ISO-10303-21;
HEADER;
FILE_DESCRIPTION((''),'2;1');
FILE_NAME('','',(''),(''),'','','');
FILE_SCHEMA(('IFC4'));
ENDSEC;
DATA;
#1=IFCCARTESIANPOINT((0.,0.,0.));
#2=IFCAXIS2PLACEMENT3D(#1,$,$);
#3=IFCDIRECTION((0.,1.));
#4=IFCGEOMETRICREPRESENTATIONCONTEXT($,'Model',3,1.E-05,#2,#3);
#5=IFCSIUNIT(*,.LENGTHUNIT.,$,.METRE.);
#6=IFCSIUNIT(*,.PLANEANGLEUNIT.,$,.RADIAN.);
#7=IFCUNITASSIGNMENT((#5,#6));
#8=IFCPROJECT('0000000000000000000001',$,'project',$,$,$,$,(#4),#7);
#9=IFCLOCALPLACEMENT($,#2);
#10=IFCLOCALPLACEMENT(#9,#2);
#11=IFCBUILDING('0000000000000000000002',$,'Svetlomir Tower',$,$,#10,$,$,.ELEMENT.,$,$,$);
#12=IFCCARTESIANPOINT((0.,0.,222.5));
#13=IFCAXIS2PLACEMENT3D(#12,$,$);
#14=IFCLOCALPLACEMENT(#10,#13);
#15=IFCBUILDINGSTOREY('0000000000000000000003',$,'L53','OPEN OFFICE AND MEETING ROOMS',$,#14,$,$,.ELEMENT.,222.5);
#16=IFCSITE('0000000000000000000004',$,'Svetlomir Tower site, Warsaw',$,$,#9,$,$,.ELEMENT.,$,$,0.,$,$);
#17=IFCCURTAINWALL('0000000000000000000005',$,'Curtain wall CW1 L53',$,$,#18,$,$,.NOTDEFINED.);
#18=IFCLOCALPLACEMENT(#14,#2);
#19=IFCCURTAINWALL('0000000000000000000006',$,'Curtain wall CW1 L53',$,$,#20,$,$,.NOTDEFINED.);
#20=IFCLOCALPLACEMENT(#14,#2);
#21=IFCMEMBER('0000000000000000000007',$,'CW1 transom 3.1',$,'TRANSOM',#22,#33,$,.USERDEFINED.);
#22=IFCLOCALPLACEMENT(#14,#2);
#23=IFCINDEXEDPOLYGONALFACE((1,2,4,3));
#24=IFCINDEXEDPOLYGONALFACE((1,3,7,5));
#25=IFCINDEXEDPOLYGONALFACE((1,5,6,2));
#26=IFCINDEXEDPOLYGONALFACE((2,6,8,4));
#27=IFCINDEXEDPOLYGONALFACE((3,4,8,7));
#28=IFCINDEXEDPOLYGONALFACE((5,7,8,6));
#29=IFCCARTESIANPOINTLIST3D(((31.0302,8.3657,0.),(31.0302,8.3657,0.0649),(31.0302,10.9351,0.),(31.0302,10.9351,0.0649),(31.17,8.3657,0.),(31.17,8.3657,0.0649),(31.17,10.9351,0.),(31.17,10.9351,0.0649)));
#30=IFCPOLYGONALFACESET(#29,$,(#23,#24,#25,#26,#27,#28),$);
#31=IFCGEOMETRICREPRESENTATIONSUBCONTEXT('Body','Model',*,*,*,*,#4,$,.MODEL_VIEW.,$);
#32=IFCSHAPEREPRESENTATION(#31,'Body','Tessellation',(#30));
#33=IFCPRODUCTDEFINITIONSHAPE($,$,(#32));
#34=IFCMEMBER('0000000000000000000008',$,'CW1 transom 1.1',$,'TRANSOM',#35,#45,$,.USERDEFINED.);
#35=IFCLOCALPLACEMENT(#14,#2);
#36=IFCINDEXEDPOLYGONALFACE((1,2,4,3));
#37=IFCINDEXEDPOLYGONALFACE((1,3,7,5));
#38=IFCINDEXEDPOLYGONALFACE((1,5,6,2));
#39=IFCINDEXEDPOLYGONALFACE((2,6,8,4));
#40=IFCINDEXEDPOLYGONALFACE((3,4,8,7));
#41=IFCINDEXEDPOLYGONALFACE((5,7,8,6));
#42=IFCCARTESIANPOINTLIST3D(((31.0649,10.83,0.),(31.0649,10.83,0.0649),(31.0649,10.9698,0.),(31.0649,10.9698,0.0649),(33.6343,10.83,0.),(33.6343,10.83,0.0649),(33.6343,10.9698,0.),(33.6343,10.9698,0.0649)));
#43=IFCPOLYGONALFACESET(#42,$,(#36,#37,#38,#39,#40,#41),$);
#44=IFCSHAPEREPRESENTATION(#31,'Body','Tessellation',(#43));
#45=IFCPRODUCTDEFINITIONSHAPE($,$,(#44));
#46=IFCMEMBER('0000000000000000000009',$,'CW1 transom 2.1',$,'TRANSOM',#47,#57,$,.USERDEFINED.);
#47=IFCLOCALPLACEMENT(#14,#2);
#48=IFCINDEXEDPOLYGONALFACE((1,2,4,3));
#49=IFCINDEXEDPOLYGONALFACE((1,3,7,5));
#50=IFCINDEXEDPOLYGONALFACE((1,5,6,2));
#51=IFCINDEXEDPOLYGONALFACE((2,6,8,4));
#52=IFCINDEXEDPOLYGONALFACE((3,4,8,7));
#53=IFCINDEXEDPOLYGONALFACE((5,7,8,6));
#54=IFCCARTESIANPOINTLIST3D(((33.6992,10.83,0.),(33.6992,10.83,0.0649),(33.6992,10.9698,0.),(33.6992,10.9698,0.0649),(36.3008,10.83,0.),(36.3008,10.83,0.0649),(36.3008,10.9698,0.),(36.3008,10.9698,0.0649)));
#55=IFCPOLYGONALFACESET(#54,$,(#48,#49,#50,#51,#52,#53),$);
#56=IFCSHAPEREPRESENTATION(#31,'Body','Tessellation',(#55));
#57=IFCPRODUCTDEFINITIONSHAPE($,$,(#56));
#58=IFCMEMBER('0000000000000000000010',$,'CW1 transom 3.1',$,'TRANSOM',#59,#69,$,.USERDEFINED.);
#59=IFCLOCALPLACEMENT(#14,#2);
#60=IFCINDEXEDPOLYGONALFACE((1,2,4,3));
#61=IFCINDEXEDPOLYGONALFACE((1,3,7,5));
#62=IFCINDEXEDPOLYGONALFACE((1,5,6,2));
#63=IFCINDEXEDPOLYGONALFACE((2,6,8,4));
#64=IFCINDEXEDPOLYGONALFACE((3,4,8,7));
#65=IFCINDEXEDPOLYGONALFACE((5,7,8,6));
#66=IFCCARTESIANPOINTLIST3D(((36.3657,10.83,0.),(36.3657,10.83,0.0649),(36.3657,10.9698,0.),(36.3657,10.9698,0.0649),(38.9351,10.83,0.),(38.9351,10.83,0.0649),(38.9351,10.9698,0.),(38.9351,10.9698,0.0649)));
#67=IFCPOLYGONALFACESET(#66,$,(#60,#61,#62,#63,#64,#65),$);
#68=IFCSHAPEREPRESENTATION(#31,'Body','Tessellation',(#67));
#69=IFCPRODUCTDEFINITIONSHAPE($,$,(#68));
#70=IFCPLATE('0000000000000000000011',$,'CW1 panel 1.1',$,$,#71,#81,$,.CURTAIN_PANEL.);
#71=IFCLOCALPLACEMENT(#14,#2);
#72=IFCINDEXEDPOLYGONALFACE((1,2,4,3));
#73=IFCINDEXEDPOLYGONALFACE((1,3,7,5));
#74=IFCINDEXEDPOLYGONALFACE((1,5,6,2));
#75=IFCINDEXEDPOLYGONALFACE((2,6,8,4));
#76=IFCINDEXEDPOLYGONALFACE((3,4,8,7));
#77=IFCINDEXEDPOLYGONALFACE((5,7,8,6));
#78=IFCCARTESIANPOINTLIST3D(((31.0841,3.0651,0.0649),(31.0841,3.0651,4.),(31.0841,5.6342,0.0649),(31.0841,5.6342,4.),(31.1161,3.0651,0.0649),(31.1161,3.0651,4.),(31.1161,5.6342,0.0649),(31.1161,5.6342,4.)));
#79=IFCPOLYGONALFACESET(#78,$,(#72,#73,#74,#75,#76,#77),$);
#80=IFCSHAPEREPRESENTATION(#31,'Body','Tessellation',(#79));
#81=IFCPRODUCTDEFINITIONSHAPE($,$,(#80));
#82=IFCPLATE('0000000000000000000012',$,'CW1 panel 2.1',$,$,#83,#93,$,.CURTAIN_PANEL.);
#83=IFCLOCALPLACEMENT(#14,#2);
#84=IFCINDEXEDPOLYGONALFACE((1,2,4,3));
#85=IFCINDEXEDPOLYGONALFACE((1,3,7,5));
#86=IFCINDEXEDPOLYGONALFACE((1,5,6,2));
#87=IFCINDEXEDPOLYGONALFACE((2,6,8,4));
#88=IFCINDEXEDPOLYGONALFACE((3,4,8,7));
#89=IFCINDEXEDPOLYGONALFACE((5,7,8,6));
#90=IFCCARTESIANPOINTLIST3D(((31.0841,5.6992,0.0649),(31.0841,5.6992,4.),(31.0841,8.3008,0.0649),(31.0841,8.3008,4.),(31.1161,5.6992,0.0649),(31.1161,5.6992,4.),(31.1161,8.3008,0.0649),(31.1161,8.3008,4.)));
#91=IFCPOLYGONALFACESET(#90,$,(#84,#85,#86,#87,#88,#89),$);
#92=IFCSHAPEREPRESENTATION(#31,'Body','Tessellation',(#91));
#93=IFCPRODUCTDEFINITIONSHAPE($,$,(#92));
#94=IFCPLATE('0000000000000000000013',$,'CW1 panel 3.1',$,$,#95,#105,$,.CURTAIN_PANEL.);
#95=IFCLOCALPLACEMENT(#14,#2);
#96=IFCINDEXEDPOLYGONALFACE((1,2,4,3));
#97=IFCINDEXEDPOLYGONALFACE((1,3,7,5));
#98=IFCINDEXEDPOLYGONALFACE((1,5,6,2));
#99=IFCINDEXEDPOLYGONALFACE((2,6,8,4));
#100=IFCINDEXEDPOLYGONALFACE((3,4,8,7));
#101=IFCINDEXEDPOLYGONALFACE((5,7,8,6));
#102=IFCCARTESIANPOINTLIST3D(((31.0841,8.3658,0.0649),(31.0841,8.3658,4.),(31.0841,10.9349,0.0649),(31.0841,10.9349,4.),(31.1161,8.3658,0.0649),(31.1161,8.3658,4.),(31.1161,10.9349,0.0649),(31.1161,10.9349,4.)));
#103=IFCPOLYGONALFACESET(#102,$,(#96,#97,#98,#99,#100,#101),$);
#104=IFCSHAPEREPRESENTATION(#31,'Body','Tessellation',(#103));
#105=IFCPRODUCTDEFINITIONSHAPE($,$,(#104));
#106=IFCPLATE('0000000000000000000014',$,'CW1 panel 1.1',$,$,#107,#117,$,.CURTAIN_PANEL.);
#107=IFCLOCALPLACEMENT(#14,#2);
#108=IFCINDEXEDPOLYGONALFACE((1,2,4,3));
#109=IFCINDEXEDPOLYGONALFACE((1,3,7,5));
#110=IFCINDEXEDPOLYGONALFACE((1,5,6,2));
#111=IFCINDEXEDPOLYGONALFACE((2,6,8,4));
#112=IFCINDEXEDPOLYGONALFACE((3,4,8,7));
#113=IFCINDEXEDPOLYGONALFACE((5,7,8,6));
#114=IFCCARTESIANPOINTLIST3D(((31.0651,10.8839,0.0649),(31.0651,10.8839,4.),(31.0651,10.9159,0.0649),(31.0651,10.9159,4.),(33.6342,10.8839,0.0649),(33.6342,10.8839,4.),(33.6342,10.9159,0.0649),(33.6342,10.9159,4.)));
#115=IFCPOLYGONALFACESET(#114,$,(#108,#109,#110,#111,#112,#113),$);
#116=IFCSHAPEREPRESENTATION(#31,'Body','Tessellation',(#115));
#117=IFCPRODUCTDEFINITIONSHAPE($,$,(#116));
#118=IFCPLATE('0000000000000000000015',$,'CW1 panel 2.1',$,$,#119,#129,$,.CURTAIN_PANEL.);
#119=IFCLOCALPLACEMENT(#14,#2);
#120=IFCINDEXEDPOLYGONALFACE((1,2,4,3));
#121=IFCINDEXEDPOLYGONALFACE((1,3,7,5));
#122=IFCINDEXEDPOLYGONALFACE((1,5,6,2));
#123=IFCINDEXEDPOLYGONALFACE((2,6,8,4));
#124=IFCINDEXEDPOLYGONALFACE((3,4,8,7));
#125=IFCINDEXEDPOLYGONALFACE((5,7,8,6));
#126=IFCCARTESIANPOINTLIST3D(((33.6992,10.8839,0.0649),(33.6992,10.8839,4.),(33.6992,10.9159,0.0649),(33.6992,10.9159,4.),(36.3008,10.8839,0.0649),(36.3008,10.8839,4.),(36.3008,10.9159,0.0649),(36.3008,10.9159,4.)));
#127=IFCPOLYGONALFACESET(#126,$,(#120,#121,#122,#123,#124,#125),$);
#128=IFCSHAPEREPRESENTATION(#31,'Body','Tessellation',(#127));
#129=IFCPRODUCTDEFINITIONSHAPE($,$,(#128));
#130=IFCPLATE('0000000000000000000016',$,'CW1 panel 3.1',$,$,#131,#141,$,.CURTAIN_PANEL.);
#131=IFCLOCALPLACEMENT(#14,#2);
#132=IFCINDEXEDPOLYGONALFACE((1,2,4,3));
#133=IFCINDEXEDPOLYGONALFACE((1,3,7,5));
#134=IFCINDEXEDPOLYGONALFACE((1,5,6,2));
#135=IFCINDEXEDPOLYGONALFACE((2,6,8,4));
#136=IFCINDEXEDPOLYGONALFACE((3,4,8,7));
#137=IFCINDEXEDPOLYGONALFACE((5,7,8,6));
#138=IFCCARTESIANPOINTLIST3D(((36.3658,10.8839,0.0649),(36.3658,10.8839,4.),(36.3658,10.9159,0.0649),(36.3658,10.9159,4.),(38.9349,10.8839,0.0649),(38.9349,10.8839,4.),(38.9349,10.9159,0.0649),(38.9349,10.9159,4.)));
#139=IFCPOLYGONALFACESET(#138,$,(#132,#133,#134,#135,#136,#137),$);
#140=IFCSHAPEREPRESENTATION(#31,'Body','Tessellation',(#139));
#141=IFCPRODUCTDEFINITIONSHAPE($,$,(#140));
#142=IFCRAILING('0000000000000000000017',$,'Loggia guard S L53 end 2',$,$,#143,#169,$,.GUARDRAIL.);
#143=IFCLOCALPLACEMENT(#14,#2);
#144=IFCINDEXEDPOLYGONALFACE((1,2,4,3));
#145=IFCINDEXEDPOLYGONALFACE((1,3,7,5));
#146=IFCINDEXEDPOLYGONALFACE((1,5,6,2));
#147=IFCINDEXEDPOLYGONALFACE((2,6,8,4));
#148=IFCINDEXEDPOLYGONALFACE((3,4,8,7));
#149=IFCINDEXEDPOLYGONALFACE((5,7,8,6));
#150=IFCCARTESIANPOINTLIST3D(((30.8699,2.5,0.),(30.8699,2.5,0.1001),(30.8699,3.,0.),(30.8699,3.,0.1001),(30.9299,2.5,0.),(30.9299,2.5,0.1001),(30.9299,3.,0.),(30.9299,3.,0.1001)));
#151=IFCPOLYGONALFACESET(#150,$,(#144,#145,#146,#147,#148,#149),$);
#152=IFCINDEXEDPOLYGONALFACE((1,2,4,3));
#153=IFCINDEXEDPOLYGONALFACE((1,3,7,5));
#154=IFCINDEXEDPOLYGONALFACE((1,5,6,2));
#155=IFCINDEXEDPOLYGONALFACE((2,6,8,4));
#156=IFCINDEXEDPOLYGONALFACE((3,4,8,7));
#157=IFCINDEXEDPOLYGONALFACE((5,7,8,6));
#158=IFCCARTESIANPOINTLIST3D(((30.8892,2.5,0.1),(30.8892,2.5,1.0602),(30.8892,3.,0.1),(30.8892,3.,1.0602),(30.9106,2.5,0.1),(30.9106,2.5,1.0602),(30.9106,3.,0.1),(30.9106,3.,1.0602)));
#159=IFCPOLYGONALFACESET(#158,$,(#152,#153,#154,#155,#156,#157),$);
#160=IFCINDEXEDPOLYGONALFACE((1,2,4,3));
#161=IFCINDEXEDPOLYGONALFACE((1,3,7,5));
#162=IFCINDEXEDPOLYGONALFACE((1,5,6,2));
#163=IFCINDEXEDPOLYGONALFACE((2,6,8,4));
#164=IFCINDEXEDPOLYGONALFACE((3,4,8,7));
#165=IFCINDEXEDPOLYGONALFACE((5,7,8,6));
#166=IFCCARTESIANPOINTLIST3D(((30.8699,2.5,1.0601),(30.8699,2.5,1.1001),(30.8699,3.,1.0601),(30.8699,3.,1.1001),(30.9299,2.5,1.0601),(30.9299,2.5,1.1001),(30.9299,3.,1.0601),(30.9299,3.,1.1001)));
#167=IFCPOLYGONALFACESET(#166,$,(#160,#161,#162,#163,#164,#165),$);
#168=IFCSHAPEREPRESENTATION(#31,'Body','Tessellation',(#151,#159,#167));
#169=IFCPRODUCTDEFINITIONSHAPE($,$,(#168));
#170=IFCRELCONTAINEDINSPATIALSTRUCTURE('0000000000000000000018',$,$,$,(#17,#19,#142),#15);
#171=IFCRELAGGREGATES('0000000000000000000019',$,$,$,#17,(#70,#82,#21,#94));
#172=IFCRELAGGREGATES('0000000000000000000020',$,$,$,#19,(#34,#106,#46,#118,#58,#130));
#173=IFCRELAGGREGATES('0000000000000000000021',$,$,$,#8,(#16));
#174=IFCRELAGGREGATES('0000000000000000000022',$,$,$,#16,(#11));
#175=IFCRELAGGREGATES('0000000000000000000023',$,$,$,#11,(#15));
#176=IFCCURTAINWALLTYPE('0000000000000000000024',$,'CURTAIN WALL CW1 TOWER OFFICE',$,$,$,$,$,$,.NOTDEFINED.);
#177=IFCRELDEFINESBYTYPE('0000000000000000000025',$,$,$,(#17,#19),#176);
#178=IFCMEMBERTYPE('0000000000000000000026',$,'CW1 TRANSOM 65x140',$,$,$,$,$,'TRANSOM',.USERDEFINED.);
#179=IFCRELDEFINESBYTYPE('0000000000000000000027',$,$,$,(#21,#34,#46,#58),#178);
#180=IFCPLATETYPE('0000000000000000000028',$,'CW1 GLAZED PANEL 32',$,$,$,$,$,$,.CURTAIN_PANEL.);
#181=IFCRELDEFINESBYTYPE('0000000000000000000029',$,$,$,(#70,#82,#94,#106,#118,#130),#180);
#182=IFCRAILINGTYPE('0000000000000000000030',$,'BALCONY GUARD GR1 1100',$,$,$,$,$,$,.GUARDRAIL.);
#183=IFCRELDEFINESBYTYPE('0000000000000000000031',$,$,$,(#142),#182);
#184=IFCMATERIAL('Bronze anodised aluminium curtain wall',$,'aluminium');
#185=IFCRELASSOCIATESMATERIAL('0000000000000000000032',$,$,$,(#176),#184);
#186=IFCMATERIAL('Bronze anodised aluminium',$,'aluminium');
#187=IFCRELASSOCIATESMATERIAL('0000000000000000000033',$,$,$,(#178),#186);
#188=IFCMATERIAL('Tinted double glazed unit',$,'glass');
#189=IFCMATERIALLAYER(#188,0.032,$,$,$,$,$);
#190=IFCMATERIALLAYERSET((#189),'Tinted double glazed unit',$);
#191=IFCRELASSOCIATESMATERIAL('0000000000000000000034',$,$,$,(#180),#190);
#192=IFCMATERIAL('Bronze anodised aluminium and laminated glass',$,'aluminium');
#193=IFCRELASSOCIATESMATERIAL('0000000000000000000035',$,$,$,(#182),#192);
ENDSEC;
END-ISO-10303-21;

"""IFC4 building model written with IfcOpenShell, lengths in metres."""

from ifc_helpers import new_model, si_unit, direction, frame, origin, origin_2d, place, context, subcontext, project, spatial, rectangle, extrude, material, layer, layer_set, material_profile, profile_set, type_object, element, aggregate, save


model = new_model("IFC4")

# Units and contexts
model_context = context("Model", 3, precision=1e-05, world=origin(), true_north=direction((0.0, 1.0)))
body_context = subcontext(model_context, "Body", "Model", "MODEL_VIEW")
ifc_project = project(units=[si_unit("LENGTHUNIT", "METRE"), si_unit("PLANEANGLEUNIT", "RADIAN")], contexts=[model_context])

# Site, building, storey
site_placement = place(None, origin())
site = spatial("IfcSite", under=ifc_project, at=site_placement, Name="Svetlomir Tower site, Warsaw", CompositionType="ELEMENT", RefElevation=0.0)
building_placement = place(site_placement, origin())
building = spatial("IfcBuilding", under=site, at=building_placement, Name="Svetlomir Tower", CompositionType="ELEMENT")
storey_placement = place(building_placement, frame((0.0, 0.0, 222.5)))
storey = spatial("IfcBuildingStorey", under=building, at=storey_placement, Name="L53", Description="OPEN OFFICE AND MEETING ROOMS", CompositionType="ELEMENT", Elevation=222.5)

# Curtain walls
ifc_material_1 = material(Name="Bronze anodised aluminium curtain wall", Category="aluminium")
curtain_wall_type = type_object("IfcCurtainWallType", Name="CURTAIN WALL CW1 TOWER OFFICE", PredefinedType="NOTDEFINED", material=ifc_material_1)
curtain_wall_1_placement = place(storey_placement, origin())
curtain_wall_1 = element("IfcCurtainWall", 1, at=curtain_wall_1_placement, inside=storey, type_object=curtain_wall_type, Name="Curtain wall CW1 L53", PredefinedType="NOTDEFINED")
curtain_wall_2_placement = place(storey_placement, origin())
curtain_wall_2 = element("IfcCurtainWall", 2, at=curtain_wall_2_placement, inside=storey, type_object=curtain_wall_type, Name="Curtain wall CW1 L53", PredefinedType="NOTDEFINED")

# Members
ifc_material_2 = material(Name="Bronze anodised aluminium", Category="aluminium")
ifc_material_profile_1 = material_profile(ifc_material_2, rectangle(XDim=0.1399, YDim=0.0649, at=origin_2d()), Name="AL 140x65")
ifc_profile_set_1 = profile_set([ifc_material_profile_1], Name="Bronze anodised aluminium 6063-T6")
member_type_1 = type_object("IfcMemberType", Name="CW1 TRANSOM 65x140", ElementType="TRANSOM", PredefinedType="USERDEFINED", material=ifc_profile_set_1)
member_1_placement = place(storey_placement, frame((31.1001, 8.3657, 0.0325), z_axis=(0.0, 1.0, 0.0), x_axis=(-1.0, 0.0, 0.0)))
member_1 = element("IfcMember", 3, at=member_1_placement, type_object=member_type_1, Name="CW1 transom 3.1", ObjectType="TRANSOM", PredefinedType="USERDEFINED", context=body_context, shape_type="SweptSolid", body=[
    extrude(rectangle(XDim=0.1399, YDim=0.0649, at=origin_2d()), origin(), (0.0, 0.0, 1.0), 2.5693),
])
member_2_placement = place(storey_placement, frame((31.0649, 10.8999, 0.0325), z_axis=(1.0, 0.0, 0.0), x_axis=(0.0, 1.0, 0.0)))
member_2 = element("IfcMember", 4, at=member_2_placement, type_object=member_type_1, Name="CW1 transom 1.1", ObjectType="TRANSOM", PredefinedType="USERDEFINED", context=body_context, shape_type="SweptSolid", body=[
    extrude(rectangle(XDim=0.1399, YDim=0.0649, at=origin_2d()), origin(), (0.0, 0.0, 1.0), 2.5693),
])
member_3_placement = place(storey_placement, frame((33.6992, 10.8999, 0.0325), z_axis=(1.0, 0.0, 0.0), x_axis=(0.0, 1.0, 0.0)))
member_3 = element("IfcMember", 5, at=member_3_placement, type_object=member_type_1, Name="CW1 transom 2.1", ObjectType="TRANSOM", PredefinedType="USERDEFINED", context=body_context, shape_type="SweptSolid", body=[
    extrude(rectangle(XDim=0.1399, YDim=0.0649, at=origin_2d()), origin(), (0.0, 0.0, 1.0), 2.6016),
])
member_4_placement = place(storey_placement, frame((36.3657, 10.8999, 0.0325), z_axis=(1.0, 0.0, 0.0), x_axis=(0.0, 1.0, 0.0)))
member_4 = element("IfcMember", 6, at=member_4_placement, type_object=member_type_1, Name="CW1 transom 3.1", ObjectType="TRANSOM", PredefinedType="USERDEFINED", context=body_context, shape_type="SweptSolid", body=[
    extrude(rectangle(XDim=0.1399, YDim=0.0649, at=origin_2d()), origin(), (0.0, 0.0, 1.0), 2.5693),
])

# Plates
ifc_material_3 = material(Name="Tinted double glazed unit", Category="glass")
ifc_layer = layer(ifc_material_3, 0.032)
ifc_layer_set = layer_set([ifc_layer], Name="Tinted double glazed unit")
plate_type = type_object("IfcPlateType", Name="CW1 GLAZED PANEL 32", PredefinedType="CURTAIN_PANEL", material=ifc_layer_set)
plate_1_placement = place(storey_placement, frame((31.1001, 4.3496, 0.0649), z_axis=(0.0, 0.0, 1.0), x_axis=(0.0, 1.0, 0.0)))
plate_1 = element("IfcPlate", 7, at=plate_1_placement, type_object=plate_type, Name="CW1 panel 1.1", PredefinedType="CURTAIN_PANEL", context=body_context, shape_type="SweptSolid", body=[
    extrude(rectangle(XDim=2.5691, YDim=0.032, at=origin_2d()), origin(), (0.0, 0.0, 1.0), 3.9351),
])
plate_2_placement = place(storey_placement, frame((31.1001, 7.0, 0.0649), z_axis=(0.0, 0.0, 1.0), x_axis=(0.0, 1.0, 0.0)))
plate_2 = element("IfcPlate", 8, at=plate_2_placement, type_object=plate_type, Name="CW1 panel 2.1", PredefinedType="CURTAIN_PANEL", context=body_context, shape_type="SweptSolid", body=[
    extrude(rectangle(XDim=2.6016, YDim=0.032, at=origin_2d()), origin(), (0.0, 0.0, 1.0), 3.9351),
])
plate_3_placement = place(storey_placement, frame((31.1001, 9.6504, 0.0649), z_axis=(0.0, 0.0, 1.0), x_axis=(0.0, 1.0, 0.0)))
plate_3 = element("IfcPlate", 9, at=plate_3_placement, type_object=plate_type, Name="CW1 panel 3.1", PredefinedType="CURTAIN_PANEL", context=body_context, shape_type="SweptSolid", body=[
    extrude(rectangle(XDim=2.5691, YDim=0.032, at=origin_2d()), origin(), (0.0, 0.0, 1.0), 3.9351),
])
aggregate(curtain_wall_1, [plate_1, plate_2, member_1, plate_3])
plate_4_placement = place(storey_placement, frame((32.3496, 10.8999, 0.0649), z_axis=(0.0, 0.0, 1.0), x_axis=(1.0, 0.0, 0.0)))
plate_4 = element("IfcPlate", 10, at=plate_4_placement, type_object=plate_type, Name="CW1 panel 1.1", PredefinedType="CURTAIN_PANEL", context=body_context, shape_type="SweptSolid", body=[
    extrude(rectangle(XDim=2.5691, YDim=0.032, at=origin_2d()), origin(), (0.0, 0.0, 1.0), 3.9351),
])
plate_5_placement = place(storey_placement, frame((35.0, 10.8999, 0.0649), z_axis=(0.0, 0.0, 1.0), x_axis=(1.0, 0.0, 0.0)))
plate_5 = element("IfcPlate", 11, at=plate_5_placement, type_object=plate_type, Name="CW1 panel 2.1", PredefinedType="CURTAIN_PANEL", context=body_context, shape_type="SweptSolid", body=[
    extrude(rectangle(XDim=2.6016, YDim=0.032, at=origin_2d()), origin(), (0.0, 0.0, 1.0), 3.9351),
])
plate_6_placement = place(storey_placement, frame((37.6504, 10.8999, 0.0649), z_axis=(0.0, 0.0, 1.0), x_axis=(1.0, 0.0, 0.0)))
plate_6 = element("IfcPlate", 12, at=plate_6_placement, type_object=plate_type, Name="CW1 panel 3.1", PredefinedType="CURTAIN_PANEL", context=body_context, shape_type="SweptSolid", body=[
    extrude(rectangle(XDim=2.5691, YDim=0.032, at=origin_2d()), origin(), (0.0, 0.0, 1.0), 3.9351),
])
aggregate(curtain_wall_2, [member_2, plate_4, member_3, plate_5, member_4, plate_6])

# Railing
ifc_material_4 = material(Name="Bronze anodised aluminium and laminated glass", Category="aluminium")
railing_type = type_object("IfcRailingType", Name="BALCONY GUARD GR1 1100", PredefinedType="GUARDRAIL", material=ifc_material_4)
railing_placement = place(storey_placement, frame((30.8999, 2.5, 0.0)))
element("IfcRailing", 13, at=railing_placement, inside=storey, type_object=railing_type, Name="Loggia guard S L53 end 2", PredefinedType="GUARDRAIL", context=body_context, shape_type="SweptSolid", body=[
    extrude(rectangle(XDim=0.0601, YDim=0.1001, at=origin_2d()), frame((0.0, 0.0, 0.05), z_axis=(0.0, 1.0, 0.0), x_axis=(-1.0, 0.0, 0.0)), (0.0, 0.0, 1.0), 0.5),
    extrude(rectangle(XDim=0.0215, YDim=0.9602, at=origin_2d()), frame((0.0, 0.0, 0.5801), z_axis=(0.0, 1.0, 0.0), x_axis=(-1.0, 0.0, 0.0)), (0.0, 0.0, 1.0), 0.5),
    extrude(rectangle(XDim=0.0601, YDim=0.04, at=origin_2d()), frame((0.0, 0.0, 1.0801), z_axis=(0.0, 1.0, 0.0), x_axis=(-1.0, 0.0, 0.0)), (0.0, 0.0, 1.0), 0.5),
])

save(model, "model.ifc")
